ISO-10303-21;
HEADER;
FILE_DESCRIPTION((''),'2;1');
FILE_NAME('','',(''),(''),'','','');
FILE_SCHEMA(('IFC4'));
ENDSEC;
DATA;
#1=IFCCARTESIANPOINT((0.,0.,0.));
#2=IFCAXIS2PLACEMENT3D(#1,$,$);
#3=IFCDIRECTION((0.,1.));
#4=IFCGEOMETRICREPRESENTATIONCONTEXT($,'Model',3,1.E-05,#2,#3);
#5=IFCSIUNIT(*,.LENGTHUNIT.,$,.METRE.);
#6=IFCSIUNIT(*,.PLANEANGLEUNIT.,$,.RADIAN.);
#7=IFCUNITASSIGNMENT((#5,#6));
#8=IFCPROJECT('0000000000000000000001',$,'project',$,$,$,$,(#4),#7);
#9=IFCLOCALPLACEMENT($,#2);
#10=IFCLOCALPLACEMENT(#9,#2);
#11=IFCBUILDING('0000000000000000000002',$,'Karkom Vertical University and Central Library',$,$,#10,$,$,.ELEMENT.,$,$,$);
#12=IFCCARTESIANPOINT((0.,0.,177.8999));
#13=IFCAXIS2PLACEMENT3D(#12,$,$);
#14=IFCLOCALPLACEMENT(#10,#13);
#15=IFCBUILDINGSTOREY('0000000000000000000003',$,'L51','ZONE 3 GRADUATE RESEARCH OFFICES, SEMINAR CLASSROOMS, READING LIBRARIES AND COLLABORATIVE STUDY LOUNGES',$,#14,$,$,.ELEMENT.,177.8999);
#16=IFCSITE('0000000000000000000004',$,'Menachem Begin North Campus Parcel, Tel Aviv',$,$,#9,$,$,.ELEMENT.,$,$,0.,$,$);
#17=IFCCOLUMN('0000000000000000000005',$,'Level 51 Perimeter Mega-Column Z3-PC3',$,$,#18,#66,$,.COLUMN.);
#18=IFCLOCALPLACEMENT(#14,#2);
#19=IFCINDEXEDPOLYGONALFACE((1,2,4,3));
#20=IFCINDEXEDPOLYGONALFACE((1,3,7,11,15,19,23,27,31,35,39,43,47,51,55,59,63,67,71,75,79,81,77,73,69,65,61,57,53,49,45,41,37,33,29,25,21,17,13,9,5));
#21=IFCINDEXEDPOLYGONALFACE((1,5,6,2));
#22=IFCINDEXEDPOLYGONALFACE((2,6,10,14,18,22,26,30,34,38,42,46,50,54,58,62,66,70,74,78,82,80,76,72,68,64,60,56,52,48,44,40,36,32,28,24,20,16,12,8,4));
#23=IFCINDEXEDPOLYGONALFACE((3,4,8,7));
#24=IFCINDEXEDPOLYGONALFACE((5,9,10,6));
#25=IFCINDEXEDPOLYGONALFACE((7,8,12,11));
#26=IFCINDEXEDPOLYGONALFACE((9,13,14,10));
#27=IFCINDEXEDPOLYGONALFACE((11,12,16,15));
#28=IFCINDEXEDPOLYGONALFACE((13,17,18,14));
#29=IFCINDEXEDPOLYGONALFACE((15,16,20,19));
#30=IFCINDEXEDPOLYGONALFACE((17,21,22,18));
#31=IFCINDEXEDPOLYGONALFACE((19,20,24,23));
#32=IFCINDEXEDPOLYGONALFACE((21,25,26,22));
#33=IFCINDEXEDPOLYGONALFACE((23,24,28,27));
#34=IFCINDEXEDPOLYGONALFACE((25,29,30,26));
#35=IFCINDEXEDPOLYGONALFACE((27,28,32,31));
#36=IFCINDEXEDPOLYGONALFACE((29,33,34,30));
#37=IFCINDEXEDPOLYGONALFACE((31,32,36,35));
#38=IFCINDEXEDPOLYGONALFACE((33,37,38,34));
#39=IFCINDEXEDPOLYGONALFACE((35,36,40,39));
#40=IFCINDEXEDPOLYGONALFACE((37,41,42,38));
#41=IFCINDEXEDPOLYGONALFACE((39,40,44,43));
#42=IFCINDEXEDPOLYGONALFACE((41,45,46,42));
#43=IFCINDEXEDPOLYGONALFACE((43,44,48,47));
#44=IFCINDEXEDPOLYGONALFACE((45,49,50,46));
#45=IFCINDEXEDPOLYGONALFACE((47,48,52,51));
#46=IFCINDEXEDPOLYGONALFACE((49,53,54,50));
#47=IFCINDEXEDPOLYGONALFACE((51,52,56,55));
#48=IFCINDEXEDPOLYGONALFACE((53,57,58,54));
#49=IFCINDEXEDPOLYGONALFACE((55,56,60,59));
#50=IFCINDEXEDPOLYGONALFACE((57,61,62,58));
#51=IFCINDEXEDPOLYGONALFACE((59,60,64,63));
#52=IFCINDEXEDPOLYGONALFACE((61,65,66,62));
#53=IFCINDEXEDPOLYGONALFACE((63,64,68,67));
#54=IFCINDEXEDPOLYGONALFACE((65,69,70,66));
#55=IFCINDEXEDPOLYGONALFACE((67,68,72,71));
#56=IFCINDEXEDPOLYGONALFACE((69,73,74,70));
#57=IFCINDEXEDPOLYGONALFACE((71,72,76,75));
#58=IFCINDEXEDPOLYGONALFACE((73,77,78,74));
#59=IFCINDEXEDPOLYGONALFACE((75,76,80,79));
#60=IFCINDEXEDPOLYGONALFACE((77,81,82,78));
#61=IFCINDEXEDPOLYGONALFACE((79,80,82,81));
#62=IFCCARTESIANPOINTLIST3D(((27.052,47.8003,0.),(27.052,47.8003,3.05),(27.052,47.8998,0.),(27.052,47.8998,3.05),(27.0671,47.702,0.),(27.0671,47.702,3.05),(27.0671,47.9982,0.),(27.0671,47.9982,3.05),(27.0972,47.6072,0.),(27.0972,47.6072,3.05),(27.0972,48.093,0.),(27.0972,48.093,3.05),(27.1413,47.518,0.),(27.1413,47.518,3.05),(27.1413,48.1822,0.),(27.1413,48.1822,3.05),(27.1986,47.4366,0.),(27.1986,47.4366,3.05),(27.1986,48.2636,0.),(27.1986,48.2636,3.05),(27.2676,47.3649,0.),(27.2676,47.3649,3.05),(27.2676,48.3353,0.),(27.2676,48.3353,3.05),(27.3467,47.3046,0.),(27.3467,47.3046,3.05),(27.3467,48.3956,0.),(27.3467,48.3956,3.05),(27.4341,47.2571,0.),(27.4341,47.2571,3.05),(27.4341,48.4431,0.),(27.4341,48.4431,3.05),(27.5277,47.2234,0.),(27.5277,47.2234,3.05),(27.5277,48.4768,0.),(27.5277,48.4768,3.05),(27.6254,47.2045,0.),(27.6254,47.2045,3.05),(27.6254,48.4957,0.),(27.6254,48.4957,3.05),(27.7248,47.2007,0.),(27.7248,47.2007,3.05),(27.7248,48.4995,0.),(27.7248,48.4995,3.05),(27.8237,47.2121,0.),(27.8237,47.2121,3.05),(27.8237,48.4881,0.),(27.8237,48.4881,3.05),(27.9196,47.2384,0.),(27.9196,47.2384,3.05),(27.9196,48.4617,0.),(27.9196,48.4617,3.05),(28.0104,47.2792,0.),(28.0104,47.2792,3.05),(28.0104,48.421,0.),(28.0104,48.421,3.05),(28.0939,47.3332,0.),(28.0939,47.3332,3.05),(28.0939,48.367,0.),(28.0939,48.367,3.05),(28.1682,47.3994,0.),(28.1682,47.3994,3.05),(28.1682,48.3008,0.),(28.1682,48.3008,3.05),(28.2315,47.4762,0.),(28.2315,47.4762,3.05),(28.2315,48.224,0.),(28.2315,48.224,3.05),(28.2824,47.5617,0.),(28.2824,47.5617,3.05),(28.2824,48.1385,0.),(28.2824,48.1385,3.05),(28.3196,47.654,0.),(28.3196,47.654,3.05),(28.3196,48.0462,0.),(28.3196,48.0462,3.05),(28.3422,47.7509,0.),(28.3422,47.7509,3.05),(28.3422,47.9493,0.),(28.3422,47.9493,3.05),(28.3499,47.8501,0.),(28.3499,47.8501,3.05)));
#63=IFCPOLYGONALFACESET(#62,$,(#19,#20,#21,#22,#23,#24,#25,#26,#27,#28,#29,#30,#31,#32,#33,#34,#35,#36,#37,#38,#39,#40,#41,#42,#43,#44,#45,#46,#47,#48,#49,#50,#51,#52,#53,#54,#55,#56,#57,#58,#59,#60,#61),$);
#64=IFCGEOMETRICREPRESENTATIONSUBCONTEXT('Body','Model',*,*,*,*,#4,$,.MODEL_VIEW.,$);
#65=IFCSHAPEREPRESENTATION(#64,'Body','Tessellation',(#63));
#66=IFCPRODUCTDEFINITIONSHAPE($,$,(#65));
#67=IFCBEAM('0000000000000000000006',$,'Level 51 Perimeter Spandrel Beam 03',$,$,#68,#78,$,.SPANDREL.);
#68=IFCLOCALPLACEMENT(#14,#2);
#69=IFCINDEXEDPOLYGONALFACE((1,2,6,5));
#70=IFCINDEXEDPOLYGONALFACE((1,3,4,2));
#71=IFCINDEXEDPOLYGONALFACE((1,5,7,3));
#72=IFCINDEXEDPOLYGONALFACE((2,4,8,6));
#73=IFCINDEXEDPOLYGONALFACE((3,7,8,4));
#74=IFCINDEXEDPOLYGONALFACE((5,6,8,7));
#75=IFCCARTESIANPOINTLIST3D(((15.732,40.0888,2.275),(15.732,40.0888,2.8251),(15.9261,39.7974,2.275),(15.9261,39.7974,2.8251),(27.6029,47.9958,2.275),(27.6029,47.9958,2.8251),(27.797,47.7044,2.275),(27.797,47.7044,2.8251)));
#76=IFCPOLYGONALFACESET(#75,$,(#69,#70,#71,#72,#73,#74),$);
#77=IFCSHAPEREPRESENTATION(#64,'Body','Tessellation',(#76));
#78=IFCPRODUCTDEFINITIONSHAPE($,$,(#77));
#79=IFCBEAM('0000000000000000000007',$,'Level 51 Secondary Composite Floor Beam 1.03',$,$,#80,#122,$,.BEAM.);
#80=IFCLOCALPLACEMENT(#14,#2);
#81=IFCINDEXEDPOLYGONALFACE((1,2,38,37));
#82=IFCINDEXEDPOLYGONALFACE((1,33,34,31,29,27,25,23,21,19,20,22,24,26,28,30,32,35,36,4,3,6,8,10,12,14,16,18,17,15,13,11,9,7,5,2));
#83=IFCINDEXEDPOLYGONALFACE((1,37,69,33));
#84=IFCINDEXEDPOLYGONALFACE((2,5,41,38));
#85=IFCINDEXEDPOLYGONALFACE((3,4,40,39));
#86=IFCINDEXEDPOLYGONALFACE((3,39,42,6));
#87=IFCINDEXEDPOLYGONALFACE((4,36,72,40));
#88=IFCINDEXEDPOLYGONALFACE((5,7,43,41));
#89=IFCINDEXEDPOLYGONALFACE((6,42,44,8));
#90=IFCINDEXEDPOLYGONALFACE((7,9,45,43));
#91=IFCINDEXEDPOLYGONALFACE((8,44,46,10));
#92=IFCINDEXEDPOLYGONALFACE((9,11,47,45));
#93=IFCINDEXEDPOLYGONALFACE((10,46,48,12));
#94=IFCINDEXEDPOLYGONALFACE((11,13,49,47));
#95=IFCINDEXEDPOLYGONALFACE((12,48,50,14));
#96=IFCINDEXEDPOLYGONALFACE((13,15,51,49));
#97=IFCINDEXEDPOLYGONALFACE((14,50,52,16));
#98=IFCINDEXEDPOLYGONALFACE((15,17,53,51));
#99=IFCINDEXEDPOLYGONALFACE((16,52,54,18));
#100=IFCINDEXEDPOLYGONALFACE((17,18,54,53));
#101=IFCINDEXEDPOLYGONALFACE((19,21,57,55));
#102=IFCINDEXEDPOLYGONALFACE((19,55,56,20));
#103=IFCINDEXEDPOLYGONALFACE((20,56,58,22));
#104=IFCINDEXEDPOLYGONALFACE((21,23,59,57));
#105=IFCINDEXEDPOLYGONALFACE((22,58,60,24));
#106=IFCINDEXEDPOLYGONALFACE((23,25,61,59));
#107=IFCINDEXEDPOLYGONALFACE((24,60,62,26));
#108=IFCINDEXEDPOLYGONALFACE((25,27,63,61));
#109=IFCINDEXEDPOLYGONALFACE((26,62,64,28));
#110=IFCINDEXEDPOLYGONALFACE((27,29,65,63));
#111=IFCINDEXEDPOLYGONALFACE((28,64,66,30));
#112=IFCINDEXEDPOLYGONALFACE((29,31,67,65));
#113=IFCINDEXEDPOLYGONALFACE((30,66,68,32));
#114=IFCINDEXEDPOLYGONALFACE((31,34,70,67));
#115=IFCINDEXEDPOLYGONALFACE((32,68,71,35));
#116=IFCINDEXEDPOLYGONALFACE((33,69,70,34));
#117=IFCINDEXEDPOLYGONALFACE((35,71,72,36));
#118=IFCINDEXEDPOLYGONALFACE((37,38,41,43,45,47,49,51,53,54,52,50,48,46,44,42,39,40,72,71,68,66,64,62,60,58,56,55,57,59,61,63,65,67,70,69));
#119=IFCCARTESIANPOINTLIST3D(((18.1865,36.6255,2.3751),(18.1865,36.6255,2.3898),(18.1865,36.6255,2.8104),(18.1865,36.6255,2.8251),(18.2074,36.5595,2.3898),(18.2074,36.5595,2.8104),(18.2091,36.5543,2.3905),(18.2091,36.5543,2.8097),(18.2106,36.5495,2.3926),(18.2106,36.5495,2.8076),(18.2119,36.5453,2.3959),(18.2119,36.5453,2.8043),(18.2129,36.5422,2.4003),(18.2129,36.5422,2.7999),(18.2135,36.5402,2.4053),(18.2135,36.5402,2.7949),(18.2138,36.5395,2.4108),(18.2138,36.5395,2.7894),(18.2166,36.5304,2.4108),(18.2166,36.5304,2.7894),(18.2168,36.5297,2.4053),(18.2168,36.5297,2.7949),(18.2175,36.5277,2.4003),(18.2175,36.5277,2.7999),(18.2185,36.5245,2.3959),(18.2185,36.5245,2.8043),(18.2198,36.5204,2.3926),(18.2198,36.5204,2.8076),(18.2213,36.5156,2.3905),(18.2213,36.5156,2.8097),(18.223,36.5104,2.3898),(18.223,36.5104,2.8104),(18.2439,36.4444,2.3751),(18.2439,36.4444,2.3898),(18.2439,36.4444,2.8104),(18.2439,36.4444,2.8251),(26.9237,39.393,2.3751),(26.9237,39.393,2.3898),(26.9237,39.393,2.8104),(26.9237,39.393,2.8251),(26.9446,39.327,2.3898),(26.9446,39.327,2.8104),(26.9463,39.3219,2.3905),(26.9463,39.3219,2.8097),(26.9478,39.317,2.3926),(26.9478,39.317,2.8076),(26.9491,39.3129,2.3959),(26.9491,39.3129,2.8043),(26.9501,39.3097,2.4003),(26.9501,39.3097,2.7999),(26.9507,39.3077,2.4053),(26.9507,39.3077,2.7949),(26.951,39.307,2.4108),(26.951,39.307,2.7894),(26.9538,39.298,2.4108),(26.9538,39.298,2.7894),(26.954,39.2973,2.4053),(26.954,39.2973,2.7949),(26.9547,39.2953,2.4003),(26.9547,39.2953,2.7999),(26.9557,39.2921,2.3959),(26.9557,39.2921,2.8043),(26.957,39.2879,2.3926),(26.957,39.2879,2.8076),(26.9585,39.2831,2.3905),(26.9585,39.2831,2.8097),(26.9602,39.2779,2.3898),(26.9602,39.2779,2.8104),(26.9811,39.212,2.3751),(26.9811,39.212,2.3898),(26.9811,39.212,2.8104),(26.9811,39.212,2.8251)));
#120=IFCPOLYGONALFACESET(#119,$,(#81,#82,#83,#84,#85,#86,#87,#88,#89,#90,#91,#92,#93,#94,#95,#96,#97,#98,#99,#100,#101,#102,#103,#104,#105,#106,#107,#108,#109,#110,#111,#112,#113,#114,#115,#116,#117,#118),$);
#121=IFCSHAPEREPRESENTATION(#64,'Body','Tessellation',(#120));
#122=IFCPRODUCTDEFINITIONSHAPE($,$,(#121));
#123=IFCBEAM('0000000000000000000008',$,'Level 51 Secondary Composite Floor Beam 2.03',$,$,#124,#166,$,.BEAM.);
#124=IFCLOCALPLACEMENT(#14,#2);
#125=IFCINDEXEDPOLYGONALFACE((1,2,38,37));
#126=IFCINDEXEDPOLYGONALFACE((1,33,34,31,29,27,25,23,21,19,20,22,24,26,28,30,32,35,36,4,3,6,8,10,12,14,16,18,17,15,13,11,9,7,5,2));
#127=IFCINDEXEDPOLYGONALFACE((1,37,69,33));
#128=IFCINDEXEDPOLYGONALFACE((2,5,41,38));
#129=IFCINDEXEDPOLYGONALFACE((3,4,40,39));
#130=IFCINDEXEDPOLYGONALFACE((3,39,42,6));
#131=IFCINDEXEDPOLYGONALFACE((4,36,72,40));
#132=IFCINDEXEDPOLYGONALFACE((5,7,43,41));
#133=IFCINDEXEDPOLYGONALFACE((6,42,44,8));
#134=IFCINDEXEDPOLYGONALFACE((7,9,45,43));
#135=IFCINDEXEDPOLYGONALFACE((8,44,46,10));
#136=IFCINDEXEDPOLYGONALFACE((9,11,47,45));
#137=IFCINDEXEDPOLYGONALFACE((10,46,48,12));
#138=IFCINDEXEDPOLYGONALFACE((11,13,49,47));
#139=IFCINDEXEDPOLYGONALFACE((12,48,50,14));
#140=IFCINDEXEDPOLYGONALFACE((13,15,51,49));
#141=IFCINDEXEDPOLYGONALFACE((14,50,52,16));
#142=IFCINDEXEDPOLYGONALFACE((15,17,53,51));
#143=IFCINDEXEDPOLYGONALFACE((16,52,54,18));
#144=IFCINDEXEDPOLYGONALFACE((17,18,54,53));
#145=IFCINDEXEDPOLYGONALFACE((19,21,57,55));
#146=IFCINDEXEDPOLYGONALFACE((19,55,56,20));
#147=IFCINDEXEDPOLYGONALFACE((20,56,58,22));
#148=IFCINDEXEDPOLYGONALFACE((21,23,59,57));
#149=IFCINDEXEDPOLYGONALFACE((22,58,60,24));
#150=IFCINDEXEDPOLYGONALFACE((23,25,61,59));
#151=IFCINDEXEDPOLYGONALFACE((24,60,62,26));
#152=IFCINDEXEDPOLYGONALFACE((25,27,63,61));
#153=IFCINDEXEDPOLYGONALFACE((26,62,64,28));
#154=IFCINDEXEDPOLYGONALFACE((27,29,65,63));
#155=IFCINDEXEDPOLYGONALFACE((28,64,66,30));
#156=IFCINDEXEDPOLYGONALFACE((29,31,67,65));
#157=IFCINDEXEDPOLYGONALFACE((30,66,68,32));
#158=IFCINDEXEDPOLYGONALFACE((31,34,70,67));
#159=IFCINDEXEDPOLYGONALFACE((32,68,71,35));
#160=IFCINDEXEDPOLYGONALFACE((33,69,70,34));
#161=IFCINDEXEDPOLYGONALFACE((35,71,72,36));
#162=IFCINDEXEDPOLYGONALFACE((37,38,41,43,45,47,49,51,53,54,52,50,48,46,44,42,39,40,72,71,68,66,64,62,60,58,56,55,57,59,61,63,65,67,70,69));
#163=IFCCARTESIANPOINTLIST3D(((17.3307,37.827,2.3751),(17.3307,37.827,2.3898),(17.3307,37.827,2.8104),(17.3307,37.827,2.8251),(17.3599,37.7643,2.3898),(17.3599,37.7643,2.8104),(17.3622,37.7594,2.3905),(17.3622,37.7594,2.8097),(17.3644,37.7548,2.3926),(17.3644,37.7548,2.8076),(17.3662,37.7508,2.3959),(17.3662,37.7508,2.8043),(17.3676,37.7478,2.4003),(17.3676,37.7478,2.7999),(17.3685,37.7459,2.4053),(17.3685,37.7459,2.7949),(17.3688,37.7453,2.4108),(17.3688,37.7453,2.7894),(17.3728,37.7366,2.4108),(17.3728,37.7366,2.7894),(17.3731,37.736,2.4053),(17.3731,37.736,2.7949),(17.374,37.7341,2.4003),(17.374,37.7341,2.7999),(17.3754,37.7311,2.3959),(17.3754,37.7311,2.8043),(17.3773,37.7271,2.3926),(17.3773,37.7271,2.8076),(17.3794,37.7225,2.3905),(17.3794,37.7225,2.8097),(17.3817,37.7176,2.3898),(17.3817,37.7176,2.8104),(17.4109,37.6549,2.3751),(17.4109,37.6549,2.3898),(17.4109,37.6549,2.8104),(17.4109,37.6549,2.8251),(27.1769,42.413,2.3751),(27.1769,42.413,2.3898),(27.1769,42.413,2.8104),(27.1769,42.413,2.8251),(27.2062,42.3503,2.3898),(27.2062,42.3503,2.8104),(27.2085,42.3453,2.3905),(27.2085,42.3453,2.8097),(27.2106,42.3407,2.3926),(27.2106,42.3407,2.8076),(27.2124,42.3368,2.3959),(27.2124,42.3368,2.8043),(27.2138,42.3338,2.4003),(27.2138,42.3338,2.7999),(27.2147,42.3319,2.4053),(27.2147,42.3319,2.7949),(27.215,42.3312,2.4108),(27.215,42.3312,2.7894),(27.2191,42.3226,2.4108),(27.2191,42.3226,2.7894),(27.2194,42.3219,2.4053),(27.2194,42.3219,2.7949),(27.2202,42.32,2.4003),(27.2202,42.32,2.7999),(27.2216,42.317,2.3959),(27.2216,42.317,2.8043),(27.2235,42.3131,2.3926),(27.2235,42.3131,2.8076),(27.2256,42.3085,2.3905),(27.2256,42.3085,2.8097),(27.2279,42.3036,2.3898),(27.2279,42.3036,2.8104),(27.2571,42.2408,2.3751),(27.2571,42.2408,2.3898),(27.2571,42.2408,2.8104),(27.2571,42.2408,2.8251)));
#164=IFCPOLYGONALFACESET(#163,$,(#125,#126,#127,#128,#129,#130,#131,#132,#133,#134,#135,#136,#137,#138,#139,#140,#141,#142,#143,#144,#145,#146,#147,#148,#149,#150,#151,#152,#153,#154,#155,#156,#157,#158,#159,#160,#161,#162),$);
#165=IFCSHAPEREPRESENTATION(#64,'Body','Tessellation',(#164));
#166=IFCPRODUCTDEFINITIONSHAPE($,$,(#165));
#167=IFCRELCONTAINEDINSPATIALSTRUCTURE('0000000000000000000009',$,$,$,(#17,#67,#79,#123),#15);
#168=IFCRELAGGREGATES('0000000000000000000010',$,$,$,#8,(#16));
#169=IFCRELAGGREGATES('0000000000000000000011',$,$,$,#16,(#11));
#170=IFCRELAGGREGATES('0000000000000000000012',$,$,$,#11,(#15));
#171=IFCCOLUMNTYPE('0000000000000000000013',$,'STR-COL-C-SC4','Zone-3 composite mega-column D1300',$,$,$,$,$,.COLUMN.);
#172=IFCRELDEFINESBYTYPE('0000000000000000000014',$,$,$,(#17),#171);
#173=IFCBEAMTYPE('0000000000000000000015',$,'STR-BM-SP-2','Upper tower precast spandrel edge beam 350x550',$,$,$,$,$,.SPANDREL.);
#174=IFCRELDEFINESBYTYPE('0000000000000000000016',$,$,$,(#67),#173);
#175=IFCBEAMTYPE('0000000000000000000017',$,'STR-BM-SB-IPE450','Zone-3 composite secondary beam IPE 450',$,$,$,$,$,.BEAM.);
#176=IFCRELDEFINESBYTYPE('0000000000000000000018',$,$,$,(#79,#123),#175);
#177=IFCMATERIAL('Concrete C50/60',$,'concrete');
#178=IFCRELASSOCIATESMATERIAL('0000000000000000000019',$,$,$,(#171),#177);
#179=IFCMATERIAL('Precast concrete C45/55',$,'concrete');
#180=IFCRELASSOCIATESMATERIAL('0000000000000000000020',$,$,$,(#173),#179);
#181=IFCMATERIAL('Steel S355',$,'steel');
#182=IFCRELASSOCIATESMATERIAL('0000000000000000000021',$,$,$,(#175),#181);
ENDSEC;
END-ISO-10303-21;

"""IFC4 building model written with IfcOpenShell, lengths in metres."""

from ifc_helpers import new_model, si_unit, direction, frame, origin, origin_with_axes, origin_2d, place, context, subcontext, project, spatial, rectangle, circle, i_section, extrude, source, transform, mapped, material, material_profile, profile_set, type_object, element, save


model = new_model("IFC4")

# Units and contexts
model_context = context("Model", 3, precision=1e-05, world=origin(), true_north=direction((0.0, 1.0)))
body_context = subcontext(model_context, "Body", "Model", "MODEL_VIEW")
ifc_project = project(units=[si_unit("LENGTHUNIT", "METRE"), si_unit("PLANEANGLEUNIT", "RADIAN")], contexts=[model_context])

# Site, building, storey
site_placement = place(None, origin())
site = spatial("IfcSite", under=ifc_project, at=site_placement, Name="Menachem Begin North Campus Parcel, Tel Aviv", CompositionType="ELEMENT", RefElevation=0.0)
building_placement = place(site_placement, origin())
building = spatial("IfcBuilding", under=site, at=building_placement, Name="Karkom Vertical University and Central Library", CompositionType="ELEMENT")
storey_placement = place(building_placement, frame((0.0, 0.0, 177.8999)))
storey = spatial("IfcBuildingStorey", under=building, at=storey_placement, Name="L51", Description="ZONE 3 GRADUATE RESEARCH OFFICES, SEMINAR CLASSROOMS, READING LIBRARIES AND COLLABORATIVE STUDY LOUNGES", CompositionType="ELEMENT", Elevation=177.8999)

# Column
ifc_material_1 = material(Name="Concrete C50/60", Category="concrete")
ifc_material_profile_1 = material_profile(ifc_material_1, circle(Radius=0.6499, at=origin_2d()), Name="CFT-D1300")
ifc_profile_set_1 = profile_set([ifc_material_profile_1], Name="Concrete C50/60")
column_type = type_object("IfcColumnType", Name="STR-COL-C-SC4", Description="Zone-3 composite mega-column D1300", PredefinedType="COLUMN", material=ifc_profile_set_1)
shared_shape_1 = source(origin_with_axes(), body_context, "Body", "SweptSolid", [
    extrude(circle(Radius=0.6499, at=origin_2d()), origin(), (0.0, 0.0, 1.0), 3.05),
])
column_placement = place(storey_placement, frame((27.7, 47.8501, 0.0), z_axis=(0.0, 0.0, 1.0), x_axis=(1.0, 0.0, 0.0)))
element("IfcColumn", 1, at=column_placement, inside=storey, type_object=column_type, Name="Level 51 Perimeter Mega-Column Z3-PC3", PredefinedType="COLUMN", context=body_context, shape_type="MappedRepresentation", body=[
    mapped(shared_shape_1, transform((0.0, 0.0, 0.0), scale=1.0)),
])

# Beams
ifc_material_2 = material(Name="Precast concrete C45/55", Category="concrete")
ifc_material_profile_2 = material_profile(ifc_material_2, rectangle(XDim=0.3501, YDim=0.55, at=origin_2d()), Name="SPB-350x550")
ifc_profile_set_2 = profile_set([ifc_material_profile_2], Name="Precast concrete C45/55")
beam_type_1 = type_object("IfcBeamType", Name="STR-BM-SP-2", Description="Upper tower precast spandrel edge beam 350x550", PredefinedType="SPANDREL", material=ifc_profile_set_2)
shared_shape_2 = source(origin_with_axes(), body_context, "Body", "SweptSolid", [
    extrude(rectangle(XDim=0.3501, YDim=0.55, at=origin_2d()), origin(), (0.0, 0.0, 1.0), 14.2632),
])
beam_1_placement = place(storey_placement, frame((27.7, 47.8501, 2.55), z_axis=(-0.832274, -0.554364, 0.0), x_axis=(0.554364, -0.832274, 0.0)))
element("IfcBeam", 2, at=beam_1_placement, inside=storey, type_object=beam_type_1, Name="Level 51 Perimeter Spandrel Beam 03", PredefinedType="SPANDREL", context=body_context, shape_type="MappedRepresentation", body=[
    mapped(shared_shape_2, transform((0.0, 0.0, 0.0), scale=1.0)),
])
ifc_material_3 = material(Name="Steel S355", Category="steel")
ifc_material_profile_3 = material_profile(ifc_material_3, i_section(OverallWidth=0.1899, OverallDepth=0.45, WebThickness=0.0095, FlangeThickness=0.0146, FilletRadius=0.021, at=origin_2d()), Name="IPE 450")
ifc_profile_set_3 = profile_set([ifc_material_profile_3], Name="Steel S355")
beam_type_2 = type_object("IfcBeamType", Name="STR-BM-SB-IPE450", Description="Zone-3 composite secondary beam IPE 450", PredefinedType="BEAM", material=ifc_profile_set_3)
shared_shape_3 = source(origin_with_axes(), body_context, "Body", "SweptSolid", [
    extrude(i_section(OverallWidth=0.1899, OverallDepth=0.45, WebThickness=0.0095, FlangeThickness=0.0146, FilletRadius=0.021, at=origin_2d()), origin(), (0.0, 0.0, 1.0), 9.165),
])
beam_2_placement = place(storey_placement, frame((26.9524, 39.3025, 2.6001), z_axis=(-0.953318, -0.301968, 0.0), x_axis=(0.301968, -0.953318, 0.0)))
element("IfcBeam", 3, at=beam_2_placement, inside=storey, type_object=beam_type_2, Name="Level 51 Secondary Composite Floor Beam 1.03", PredefinedType="BEAM", context=body_context, shape_type="MappedRepresentation", body=[
    mapped(shared_shape_3, transform((0.0, 0.0, 0.0), scale=1.0)),
])
shared_shape_4 = source(origin_with_axes(), body_context, "Body", "SweptSolid", [
    extrude(i_section(OverallWidth=0.1899, OverallDepth=0.45, WebThickness=0.0095, FlangeThickness=0.0146, FilletRadius=0.021, at=origin_2d()), origin(), (0.0, 0.0, 1.0), 10.8618),
])
beam_3_placement = place(storey_placement, frame((27.217, 42.3269, 2.6001), z_axis=(-0.906499, -0.422209, 0.0), x_axis=(0.422209, -0.906499, 0.0)))
element("IfcBeam", 4, at=beam_3_placement, inside=storey, type_object=beam_type_2, Name="Level 51 Secondary Composite Floor Beam 2.03", PredefinedType="BEAM", context=body_context, shape_type="MappedRepresentation", body=[
    mapped(shared_shape_4, transform((0.0, 0.0, 0.0), scale=1.0)),
])

save(model, "model.ifc")
